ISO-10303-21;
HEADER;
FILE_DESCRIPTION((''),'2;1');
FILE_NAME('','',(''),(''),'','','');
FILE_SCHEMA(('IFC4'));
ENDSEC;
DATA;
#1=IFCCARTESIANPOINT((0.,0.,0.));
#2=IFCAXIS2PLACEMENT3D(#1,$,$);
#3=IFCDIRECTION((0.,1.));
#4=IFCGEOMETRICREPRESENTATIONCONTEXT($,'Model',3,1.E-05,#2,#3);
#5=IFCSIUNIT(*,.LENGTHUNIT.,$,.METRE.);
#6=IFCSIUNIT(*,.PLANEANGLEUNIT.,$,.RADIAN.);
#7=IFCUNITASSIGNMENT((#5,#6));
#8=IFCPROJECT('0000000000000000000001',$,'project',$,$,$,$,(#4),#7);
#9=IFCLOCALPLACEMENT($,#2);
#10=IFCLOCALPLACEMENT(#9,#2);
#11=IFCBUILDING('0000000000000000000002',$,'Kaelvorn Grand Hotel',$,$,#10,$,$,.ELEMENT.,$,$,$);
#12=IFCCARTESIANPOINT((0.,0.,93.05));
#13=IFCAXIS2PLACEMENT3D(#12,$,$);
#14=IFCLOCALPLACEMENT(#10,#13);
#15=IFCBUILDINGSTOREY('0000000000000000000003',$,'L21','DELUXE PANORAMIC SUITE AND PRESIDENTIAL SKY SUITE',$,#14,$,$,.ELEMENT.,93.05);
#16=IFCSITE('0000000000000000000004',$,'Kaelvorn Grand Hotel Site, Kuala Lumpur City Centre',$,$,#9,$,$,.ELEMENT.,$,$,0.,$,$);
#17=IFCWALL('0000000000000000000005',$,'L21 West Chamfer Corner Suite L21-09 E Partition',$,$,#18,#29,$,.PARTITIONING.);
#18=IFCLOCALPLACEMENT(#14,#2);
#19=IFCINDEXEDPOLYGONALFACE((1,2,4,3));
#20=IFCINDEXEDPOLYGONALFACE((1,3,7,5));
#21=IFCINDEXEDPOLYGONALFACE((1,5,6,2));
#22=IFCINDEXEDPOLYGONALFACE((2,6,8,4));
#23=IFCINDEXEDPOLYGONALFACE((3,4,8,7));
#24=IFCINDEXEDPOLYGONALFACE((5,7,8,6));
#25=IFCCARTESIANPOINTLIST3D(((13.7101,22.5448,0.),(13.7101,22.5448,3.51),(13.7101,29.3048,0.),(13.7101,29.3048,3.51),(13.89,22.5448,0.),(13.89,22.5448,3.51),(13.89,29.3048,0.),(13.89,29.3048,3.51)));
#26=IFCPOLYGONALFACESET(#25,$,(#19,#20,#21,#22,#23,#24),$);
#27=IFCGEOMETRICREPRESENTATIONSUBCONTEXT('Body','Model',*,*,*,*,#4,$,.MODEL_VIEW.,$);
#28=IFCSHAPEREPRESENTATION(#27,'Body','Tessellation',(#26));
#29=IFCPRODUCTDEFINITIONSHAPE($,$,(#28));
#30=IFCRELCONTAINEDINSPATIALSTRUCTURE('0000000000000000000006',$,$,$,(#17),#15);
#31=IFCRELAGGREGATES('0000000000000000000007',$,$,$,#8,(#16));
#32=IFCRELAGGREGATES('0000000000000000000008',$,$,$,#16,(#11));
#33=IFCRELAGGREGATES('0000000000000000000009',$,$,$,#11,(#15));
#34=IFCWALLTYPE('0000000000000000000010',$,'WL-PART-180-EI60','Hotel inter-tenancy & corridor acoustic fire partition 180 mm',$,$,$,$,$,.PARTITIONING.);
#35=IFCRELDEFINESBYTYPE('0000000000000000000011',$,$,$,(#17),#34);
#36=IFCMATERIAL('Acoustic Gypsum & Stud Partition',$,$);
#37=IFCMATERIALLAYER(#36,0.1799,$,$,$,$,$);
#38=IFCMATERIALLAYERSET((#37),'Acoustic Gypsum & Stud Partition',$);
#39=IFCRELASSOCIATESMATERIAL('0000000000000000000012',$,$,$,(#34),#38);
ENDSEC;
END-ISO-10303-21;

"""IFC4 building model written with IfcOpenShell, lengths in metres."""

from ifc_helpers import new_model, si_unit, direction, frame, frame_2d, origin, place, context, subcontext, project, spatial, rectangle, extrude, material, layer, layer_set, type_object, element, save


model = new_model("IFC4")

# Units and contexts
model_context = context("Model", 3, precision=1e-05, world=origin(), true_north=direction((0.0, 1.0)))
body_context = subcontext(model_context, "Body", "Model", "MODEL_VIEW")
ifc_project = project(units=[si_unit("LENGTHUNIT", "METRE"), si_unit("PLANEANGLEUNIT", "RADIAN")], contexts=[model_context])

# Site, building, storey
site_placement = place(None, origin())
site = spatial("IfcSite", under=ifc_project, at=site_placement, Name="Kaelvorn Grand Hotel Site, Kuala Lumpur City Centre", CompositionType="ELEMENT", RefElevation=0.0)
building_placement = place(site_placement, origin())
building = spatial("IfcBuilding", under=site, at=building_placement, Name="Kaelvorn Grand Hotel", CompositionType="ELEMENT")
storey_placement = place(building_placement, frame((0.0, 0.0, 93.05)))
storey = spatial("IfcBuildingStorey", under=building, at=storey_placement, Name="L21", Description="DELUXE PANORAMIC SUITE AND PRESIDENTIAL SKY SUITE", CompositionType="ELEMENT", Elevation=93.05)

# Shared definitions
ifc_material_1 = material(Name="Acoustic Gypsum & Stud Partition")
ifc_layer_1 = layer(ifc_material_1, 0.1799)
ifc_layer_set_1 = layer_set([ifc_layer_1], Name="Acoustic Gypsum & Stud Partition")
wall_type_1 = type_object("IfcWallType", Name="WL-PART-180-EI60", Description="Hotel inter-tenancy & corridor acoustic fire partition 180 mm", PredefinedType="PARTITIONING", material=ifc_layer_set_1)

# Wall
wall_1_placement = place(storey_placement, frame((13.8, 22.5449, 0.0), z_axis=(0.0, 0.0, 1.0), x_axis=(0.0, 1.0, 0.0)))
element("IfcWall", 1, at=wall_1_placement, inside=storey, type_object=wall_type_1, Name="L21 West Chamfer Corner Suite L21-09 E Partition", PredefinedType="PARTITIONING", context=body_context, shape_type="SweptSolid", body=[
    extrude(rectangle(XDim=6.76, YDim=0.1799, at=frame_2d((3.3799, 0.0))), origin(), (0.0, 0.0, 1.0), 3.51),
])

save(model, "model.ifc")
